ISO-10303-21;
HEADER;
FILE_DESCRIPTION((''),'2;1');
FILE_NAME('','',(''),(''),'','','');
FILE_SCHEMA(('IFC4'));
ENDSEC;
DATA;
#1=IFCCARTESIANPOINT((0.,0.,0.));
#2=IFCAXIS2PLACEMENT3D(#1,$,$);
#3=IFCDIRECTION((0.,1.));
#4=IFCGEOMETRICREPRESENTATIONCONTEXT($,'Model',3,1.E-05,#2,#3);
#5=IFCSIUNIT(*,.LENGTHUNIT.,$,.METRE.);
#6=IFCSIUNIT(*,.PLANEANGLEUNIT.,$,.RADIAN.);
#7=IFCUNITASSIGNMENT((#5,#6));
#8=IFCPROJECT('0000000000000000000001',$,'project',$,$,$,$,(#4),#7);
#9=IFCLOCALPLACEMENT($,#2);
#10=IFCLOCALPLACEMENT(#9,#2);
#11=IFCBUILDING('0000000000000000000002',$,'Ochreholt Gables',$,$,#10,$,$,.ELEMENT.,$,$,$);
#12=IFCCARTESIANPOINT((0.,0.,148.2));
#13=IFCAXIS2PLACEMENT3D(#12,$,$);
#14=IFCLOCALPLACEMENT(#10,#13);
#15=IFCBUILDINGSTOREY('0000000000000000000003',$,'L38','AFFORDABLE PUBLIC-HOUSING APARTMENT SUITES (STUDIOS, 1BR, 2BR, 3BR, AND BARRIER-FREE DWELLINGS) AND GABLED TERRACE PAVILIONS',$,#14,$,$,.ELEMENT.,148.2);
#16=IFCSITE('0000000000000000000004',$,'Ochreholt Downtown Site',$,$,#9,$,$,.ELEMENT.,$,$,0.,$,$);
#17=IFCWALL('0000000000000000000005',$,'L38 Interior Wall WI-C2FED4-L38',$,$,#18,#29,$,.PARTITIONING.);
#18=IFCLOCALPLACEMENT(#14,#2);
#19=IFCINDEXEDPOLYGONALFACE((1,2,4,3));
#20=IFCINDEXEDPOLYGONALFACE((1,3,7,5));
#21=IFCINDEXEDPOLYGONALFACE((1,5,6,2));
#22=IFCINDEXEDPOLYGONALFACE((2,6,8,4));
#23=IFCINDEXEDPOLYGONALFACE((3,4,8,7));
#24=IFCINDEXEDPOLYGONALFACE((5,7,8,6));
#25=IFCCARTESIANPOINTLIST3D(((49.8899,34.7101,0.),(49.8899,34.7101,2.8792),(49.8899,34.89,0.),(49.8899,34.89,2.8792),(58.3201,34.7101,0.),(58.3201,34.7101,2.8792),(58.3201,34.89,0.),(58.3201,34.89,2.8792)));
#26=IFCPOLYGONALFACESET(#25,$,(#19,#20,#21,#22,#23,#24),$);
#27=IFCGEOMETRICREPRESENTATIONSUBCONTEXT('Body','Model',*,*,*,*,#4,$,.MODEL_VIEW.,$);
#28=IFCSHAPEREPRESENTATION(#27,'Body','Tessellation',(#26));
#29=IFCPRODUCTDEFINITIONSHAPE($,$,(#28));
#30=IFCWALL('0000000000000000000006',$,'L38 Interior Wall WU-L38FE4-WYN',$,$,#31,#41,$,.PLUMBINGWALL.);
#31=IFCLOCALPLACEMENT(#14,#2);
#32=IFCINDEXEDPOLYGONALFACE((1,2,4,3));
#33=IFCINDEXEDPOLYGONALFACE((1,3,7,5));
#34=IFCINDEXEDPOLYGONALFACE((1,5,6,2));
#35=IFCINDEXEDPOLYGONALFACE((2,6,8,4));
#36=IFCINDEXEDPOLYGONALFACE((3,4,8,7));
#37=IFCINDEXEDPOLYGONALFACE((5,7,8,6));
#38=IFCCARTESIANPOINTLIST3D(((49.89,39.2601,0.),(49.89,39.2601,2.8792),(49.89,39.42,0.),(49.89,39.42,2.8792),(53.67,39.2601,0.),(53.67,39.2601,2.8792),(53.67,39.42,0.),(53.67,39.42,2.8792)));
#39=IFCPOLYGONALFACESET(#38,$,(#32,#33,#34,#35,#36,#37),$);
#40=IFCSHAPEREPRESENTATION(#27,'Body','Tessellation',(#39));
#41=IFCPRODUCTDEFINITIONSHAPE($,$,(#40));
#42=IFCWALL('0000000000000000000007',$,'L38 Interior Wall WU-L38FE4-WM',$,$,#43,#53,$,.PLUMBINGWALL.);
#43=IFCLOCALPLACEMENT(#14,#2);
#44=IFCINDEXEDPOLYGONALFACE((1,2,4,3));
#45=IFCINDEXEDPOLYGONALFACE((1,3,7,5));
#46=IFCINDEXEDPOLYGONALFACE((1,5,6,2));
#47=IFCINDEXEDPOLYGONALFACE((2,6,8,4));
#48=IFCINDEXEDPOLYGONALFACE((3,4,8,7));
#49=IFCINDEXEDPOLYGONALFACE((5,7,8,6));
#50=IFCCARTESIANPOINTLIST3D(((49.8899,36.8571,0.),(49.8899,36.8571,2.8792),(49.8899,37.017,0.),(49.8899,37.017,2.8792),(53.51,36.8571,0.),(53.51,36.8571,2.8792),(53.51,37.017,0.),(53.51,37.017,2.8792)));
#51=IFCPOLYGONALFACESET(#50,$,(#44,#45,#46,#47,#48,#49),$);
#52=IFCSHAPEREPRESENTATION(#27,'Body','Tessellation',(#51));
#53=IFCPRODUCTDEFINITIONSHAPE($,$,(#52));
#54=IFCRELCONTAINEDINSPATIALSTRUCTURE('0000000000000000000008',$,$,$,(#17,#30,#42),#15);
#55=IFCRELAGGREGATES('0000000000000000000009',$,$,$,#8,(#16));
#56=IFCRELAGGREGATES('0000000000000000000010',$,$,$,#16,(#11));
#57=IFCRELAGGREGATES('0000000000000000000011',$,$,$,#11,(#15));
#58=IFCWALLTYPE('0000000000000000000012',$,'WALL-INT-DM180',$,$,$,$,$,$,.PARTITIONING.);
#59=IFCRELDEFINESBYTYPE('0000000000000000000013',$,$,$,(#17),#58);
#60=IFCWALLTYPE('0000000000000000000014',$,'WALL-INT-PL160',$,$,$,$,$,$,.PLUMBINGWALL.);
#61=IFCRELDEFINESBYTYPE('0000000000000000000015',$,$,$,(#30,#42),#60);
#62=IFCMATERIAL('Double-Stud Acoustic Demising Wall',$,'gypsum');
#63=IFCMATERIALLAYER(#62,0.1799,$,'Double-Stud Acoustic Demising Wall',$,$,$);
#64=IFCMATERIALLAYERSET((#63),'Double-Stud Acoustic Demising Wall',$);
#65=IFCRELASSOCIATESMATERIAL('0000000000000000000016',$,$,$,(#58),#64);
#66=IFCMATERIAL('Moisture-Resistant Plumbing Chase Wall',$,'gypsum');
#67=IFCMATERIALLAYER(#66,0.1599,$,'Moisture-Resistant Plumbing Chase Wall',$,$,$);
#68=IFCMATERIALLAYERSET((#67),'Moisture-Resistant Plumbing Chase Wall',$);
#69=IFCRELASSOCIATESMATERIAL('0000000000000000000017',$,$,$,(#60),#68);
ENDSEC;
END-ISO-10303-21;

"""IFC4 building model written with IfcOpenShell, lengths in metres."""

from ifc_helpers import new_model, si_unit, direction, frame, frame_2d, origin, place, context, subcontext, project, spatial, rectangle, extrude, material, layer, layer_set, type_object, element, save


model = new_model("IFC4")

# Units and contexts
model_context = context("Model", 3, precision=1e-05, world=origin(), true_north=direction((0.0, 1.0)))
body_context = subcontext(model_context, "Body", "Model", "MODEL_VIEW")
ifc_project = project(units=[si_unit("LENGTHUNIT", "METRE"), si_unit("PLANEANGLEUNIT", "RADIAN")], contexts=[model_context])

# Site, building, storey
site_placement = place(None, origin())
site = spatial("IfcSite", under=ifc_project, at=site_placement, Name="Ochreholt Downtown Site", CompositionType="ELEMENT", RefElevation=0.0)
building_placement = place(site_placement, origin())
building = spatial("IfcBuilding", under=site, at=building_placement, Name="Ochreholt Gables", CompositionType="ELEMENT")
storey_placement = place(building_placement, frame((0.0, 0.0, 148.2)))
storey = spatial("IfcBuildingStorey", under=building, at=storey_placement, Name="L38", Description="AFFORDABLE PUBLIC-HOUSING APARTMENT SUITES (STUDIOS, 1BR, 2BR, 3BR, AND BARRIER-FREE DWELLINGS) AND GABLED TERRACE PAVILIONS", CompositionType="ELEMENT", Elevation=148.2)

# Walls
ifc_material_1 = material(Name="Double-Stud Acoustic Demising Wall", Category="gypsum")
ifc_layer_1 = layer(ifc_material_1, 0.1799, Name="Double-Stud Acoustic Demising Wall")
ifc_layer_set_1 = layer_set([ifc_layer_1], Name="Double-Stud Acoustic Demising Wall")
wall_type_1 = type_object("IfcWallType", Name="WALL-INT-DM180", PredefinedType="PARTITIONING", material=ifc_layer_set_1)
wall_1_placement = place(storey_placement, frame((49.8899, 34.8, 0.0), z_axis=(0.0, 0.0, 1.0), x_axis=(1.0, 0.0, 0.0)))
element("IfcWall", 1, at=wall_1_placement, inside=storey, type_object=wall_type_1, Name="L38 Interior Wall WI-C2FED4-L38", PredefinedType="PARTITIONING", context=body_context, shape_type="SweptSolid", body=[
    extrude(rectangle(XDim=8.4302, YDim=0.1799, at=frame_2d((4.2151, 0.0))), origin(), (0.0, 0.0, 1.0), 2.8792),
])
ifc_material_2 = material(Name="Moisture-Resistant Plumbing Chase Wall", Category="gypsum")
ifc_layer_2 = layer(ifc_material_2, 0.1599, Name="Moisture-Resistant Plumbing Chase Wall")
ifc_layer_set_2 = layer_set([ifc_layer_2], Name="Moisture-Resistant Plumbing Chase Wall")
wall_type_2 = type_object("IfcWallType", Name="WALL-INT-PL160", PredefinedType="PLUMBINGWALL", material=ifc_layer_set_2)
wall_2_placement = place(storey_placement, frame((49.8899, 39.3401, 0.0), z_axis=(0.0, 0.0, 1.0), x_axis=(1.0, 0.0, 0.0)))
element("IfcWall", 2, at=wall_2_placement, inside=storey, type_object=wall_type_2, Name="L38 Interior Wall WU-L38FE4-WYN", PredefinedType="PLUMBINGWALL", context=body_context, shape_type="SweptSolid", body=[
    extrude(rectangle(XDim=3.78, YDim=0.1599, at=frame_2d((1.8901, 0.0))), origin(), (0.0, 0.0, 1.0), 2.8792),
])

# Wall
wall_3_placement = place(storey_placement, frame((49.8899, 36.937, 0.0), z_axis=(0.0, 0.0, 1.0), x_axis=(1.0, 0.0, 0.0)))
element("IfcWall", 3, at=wall_3_placement, inside=storey, type_object=wall_type_2, Name="L38 Interior Wall WU-L38FE4-WM", PredefinedType="PLUMBINGWALL", context=body_context, shape_type="SweptSolid", body=[
    extrude(rectangle(XDim=3.6201, YDim=0.1599, at=frame_2d((1.8101, 0.0))), origin(), (0.0, 0.0, 1.0), 2.8792),
])

save(model, "model.ifc")
